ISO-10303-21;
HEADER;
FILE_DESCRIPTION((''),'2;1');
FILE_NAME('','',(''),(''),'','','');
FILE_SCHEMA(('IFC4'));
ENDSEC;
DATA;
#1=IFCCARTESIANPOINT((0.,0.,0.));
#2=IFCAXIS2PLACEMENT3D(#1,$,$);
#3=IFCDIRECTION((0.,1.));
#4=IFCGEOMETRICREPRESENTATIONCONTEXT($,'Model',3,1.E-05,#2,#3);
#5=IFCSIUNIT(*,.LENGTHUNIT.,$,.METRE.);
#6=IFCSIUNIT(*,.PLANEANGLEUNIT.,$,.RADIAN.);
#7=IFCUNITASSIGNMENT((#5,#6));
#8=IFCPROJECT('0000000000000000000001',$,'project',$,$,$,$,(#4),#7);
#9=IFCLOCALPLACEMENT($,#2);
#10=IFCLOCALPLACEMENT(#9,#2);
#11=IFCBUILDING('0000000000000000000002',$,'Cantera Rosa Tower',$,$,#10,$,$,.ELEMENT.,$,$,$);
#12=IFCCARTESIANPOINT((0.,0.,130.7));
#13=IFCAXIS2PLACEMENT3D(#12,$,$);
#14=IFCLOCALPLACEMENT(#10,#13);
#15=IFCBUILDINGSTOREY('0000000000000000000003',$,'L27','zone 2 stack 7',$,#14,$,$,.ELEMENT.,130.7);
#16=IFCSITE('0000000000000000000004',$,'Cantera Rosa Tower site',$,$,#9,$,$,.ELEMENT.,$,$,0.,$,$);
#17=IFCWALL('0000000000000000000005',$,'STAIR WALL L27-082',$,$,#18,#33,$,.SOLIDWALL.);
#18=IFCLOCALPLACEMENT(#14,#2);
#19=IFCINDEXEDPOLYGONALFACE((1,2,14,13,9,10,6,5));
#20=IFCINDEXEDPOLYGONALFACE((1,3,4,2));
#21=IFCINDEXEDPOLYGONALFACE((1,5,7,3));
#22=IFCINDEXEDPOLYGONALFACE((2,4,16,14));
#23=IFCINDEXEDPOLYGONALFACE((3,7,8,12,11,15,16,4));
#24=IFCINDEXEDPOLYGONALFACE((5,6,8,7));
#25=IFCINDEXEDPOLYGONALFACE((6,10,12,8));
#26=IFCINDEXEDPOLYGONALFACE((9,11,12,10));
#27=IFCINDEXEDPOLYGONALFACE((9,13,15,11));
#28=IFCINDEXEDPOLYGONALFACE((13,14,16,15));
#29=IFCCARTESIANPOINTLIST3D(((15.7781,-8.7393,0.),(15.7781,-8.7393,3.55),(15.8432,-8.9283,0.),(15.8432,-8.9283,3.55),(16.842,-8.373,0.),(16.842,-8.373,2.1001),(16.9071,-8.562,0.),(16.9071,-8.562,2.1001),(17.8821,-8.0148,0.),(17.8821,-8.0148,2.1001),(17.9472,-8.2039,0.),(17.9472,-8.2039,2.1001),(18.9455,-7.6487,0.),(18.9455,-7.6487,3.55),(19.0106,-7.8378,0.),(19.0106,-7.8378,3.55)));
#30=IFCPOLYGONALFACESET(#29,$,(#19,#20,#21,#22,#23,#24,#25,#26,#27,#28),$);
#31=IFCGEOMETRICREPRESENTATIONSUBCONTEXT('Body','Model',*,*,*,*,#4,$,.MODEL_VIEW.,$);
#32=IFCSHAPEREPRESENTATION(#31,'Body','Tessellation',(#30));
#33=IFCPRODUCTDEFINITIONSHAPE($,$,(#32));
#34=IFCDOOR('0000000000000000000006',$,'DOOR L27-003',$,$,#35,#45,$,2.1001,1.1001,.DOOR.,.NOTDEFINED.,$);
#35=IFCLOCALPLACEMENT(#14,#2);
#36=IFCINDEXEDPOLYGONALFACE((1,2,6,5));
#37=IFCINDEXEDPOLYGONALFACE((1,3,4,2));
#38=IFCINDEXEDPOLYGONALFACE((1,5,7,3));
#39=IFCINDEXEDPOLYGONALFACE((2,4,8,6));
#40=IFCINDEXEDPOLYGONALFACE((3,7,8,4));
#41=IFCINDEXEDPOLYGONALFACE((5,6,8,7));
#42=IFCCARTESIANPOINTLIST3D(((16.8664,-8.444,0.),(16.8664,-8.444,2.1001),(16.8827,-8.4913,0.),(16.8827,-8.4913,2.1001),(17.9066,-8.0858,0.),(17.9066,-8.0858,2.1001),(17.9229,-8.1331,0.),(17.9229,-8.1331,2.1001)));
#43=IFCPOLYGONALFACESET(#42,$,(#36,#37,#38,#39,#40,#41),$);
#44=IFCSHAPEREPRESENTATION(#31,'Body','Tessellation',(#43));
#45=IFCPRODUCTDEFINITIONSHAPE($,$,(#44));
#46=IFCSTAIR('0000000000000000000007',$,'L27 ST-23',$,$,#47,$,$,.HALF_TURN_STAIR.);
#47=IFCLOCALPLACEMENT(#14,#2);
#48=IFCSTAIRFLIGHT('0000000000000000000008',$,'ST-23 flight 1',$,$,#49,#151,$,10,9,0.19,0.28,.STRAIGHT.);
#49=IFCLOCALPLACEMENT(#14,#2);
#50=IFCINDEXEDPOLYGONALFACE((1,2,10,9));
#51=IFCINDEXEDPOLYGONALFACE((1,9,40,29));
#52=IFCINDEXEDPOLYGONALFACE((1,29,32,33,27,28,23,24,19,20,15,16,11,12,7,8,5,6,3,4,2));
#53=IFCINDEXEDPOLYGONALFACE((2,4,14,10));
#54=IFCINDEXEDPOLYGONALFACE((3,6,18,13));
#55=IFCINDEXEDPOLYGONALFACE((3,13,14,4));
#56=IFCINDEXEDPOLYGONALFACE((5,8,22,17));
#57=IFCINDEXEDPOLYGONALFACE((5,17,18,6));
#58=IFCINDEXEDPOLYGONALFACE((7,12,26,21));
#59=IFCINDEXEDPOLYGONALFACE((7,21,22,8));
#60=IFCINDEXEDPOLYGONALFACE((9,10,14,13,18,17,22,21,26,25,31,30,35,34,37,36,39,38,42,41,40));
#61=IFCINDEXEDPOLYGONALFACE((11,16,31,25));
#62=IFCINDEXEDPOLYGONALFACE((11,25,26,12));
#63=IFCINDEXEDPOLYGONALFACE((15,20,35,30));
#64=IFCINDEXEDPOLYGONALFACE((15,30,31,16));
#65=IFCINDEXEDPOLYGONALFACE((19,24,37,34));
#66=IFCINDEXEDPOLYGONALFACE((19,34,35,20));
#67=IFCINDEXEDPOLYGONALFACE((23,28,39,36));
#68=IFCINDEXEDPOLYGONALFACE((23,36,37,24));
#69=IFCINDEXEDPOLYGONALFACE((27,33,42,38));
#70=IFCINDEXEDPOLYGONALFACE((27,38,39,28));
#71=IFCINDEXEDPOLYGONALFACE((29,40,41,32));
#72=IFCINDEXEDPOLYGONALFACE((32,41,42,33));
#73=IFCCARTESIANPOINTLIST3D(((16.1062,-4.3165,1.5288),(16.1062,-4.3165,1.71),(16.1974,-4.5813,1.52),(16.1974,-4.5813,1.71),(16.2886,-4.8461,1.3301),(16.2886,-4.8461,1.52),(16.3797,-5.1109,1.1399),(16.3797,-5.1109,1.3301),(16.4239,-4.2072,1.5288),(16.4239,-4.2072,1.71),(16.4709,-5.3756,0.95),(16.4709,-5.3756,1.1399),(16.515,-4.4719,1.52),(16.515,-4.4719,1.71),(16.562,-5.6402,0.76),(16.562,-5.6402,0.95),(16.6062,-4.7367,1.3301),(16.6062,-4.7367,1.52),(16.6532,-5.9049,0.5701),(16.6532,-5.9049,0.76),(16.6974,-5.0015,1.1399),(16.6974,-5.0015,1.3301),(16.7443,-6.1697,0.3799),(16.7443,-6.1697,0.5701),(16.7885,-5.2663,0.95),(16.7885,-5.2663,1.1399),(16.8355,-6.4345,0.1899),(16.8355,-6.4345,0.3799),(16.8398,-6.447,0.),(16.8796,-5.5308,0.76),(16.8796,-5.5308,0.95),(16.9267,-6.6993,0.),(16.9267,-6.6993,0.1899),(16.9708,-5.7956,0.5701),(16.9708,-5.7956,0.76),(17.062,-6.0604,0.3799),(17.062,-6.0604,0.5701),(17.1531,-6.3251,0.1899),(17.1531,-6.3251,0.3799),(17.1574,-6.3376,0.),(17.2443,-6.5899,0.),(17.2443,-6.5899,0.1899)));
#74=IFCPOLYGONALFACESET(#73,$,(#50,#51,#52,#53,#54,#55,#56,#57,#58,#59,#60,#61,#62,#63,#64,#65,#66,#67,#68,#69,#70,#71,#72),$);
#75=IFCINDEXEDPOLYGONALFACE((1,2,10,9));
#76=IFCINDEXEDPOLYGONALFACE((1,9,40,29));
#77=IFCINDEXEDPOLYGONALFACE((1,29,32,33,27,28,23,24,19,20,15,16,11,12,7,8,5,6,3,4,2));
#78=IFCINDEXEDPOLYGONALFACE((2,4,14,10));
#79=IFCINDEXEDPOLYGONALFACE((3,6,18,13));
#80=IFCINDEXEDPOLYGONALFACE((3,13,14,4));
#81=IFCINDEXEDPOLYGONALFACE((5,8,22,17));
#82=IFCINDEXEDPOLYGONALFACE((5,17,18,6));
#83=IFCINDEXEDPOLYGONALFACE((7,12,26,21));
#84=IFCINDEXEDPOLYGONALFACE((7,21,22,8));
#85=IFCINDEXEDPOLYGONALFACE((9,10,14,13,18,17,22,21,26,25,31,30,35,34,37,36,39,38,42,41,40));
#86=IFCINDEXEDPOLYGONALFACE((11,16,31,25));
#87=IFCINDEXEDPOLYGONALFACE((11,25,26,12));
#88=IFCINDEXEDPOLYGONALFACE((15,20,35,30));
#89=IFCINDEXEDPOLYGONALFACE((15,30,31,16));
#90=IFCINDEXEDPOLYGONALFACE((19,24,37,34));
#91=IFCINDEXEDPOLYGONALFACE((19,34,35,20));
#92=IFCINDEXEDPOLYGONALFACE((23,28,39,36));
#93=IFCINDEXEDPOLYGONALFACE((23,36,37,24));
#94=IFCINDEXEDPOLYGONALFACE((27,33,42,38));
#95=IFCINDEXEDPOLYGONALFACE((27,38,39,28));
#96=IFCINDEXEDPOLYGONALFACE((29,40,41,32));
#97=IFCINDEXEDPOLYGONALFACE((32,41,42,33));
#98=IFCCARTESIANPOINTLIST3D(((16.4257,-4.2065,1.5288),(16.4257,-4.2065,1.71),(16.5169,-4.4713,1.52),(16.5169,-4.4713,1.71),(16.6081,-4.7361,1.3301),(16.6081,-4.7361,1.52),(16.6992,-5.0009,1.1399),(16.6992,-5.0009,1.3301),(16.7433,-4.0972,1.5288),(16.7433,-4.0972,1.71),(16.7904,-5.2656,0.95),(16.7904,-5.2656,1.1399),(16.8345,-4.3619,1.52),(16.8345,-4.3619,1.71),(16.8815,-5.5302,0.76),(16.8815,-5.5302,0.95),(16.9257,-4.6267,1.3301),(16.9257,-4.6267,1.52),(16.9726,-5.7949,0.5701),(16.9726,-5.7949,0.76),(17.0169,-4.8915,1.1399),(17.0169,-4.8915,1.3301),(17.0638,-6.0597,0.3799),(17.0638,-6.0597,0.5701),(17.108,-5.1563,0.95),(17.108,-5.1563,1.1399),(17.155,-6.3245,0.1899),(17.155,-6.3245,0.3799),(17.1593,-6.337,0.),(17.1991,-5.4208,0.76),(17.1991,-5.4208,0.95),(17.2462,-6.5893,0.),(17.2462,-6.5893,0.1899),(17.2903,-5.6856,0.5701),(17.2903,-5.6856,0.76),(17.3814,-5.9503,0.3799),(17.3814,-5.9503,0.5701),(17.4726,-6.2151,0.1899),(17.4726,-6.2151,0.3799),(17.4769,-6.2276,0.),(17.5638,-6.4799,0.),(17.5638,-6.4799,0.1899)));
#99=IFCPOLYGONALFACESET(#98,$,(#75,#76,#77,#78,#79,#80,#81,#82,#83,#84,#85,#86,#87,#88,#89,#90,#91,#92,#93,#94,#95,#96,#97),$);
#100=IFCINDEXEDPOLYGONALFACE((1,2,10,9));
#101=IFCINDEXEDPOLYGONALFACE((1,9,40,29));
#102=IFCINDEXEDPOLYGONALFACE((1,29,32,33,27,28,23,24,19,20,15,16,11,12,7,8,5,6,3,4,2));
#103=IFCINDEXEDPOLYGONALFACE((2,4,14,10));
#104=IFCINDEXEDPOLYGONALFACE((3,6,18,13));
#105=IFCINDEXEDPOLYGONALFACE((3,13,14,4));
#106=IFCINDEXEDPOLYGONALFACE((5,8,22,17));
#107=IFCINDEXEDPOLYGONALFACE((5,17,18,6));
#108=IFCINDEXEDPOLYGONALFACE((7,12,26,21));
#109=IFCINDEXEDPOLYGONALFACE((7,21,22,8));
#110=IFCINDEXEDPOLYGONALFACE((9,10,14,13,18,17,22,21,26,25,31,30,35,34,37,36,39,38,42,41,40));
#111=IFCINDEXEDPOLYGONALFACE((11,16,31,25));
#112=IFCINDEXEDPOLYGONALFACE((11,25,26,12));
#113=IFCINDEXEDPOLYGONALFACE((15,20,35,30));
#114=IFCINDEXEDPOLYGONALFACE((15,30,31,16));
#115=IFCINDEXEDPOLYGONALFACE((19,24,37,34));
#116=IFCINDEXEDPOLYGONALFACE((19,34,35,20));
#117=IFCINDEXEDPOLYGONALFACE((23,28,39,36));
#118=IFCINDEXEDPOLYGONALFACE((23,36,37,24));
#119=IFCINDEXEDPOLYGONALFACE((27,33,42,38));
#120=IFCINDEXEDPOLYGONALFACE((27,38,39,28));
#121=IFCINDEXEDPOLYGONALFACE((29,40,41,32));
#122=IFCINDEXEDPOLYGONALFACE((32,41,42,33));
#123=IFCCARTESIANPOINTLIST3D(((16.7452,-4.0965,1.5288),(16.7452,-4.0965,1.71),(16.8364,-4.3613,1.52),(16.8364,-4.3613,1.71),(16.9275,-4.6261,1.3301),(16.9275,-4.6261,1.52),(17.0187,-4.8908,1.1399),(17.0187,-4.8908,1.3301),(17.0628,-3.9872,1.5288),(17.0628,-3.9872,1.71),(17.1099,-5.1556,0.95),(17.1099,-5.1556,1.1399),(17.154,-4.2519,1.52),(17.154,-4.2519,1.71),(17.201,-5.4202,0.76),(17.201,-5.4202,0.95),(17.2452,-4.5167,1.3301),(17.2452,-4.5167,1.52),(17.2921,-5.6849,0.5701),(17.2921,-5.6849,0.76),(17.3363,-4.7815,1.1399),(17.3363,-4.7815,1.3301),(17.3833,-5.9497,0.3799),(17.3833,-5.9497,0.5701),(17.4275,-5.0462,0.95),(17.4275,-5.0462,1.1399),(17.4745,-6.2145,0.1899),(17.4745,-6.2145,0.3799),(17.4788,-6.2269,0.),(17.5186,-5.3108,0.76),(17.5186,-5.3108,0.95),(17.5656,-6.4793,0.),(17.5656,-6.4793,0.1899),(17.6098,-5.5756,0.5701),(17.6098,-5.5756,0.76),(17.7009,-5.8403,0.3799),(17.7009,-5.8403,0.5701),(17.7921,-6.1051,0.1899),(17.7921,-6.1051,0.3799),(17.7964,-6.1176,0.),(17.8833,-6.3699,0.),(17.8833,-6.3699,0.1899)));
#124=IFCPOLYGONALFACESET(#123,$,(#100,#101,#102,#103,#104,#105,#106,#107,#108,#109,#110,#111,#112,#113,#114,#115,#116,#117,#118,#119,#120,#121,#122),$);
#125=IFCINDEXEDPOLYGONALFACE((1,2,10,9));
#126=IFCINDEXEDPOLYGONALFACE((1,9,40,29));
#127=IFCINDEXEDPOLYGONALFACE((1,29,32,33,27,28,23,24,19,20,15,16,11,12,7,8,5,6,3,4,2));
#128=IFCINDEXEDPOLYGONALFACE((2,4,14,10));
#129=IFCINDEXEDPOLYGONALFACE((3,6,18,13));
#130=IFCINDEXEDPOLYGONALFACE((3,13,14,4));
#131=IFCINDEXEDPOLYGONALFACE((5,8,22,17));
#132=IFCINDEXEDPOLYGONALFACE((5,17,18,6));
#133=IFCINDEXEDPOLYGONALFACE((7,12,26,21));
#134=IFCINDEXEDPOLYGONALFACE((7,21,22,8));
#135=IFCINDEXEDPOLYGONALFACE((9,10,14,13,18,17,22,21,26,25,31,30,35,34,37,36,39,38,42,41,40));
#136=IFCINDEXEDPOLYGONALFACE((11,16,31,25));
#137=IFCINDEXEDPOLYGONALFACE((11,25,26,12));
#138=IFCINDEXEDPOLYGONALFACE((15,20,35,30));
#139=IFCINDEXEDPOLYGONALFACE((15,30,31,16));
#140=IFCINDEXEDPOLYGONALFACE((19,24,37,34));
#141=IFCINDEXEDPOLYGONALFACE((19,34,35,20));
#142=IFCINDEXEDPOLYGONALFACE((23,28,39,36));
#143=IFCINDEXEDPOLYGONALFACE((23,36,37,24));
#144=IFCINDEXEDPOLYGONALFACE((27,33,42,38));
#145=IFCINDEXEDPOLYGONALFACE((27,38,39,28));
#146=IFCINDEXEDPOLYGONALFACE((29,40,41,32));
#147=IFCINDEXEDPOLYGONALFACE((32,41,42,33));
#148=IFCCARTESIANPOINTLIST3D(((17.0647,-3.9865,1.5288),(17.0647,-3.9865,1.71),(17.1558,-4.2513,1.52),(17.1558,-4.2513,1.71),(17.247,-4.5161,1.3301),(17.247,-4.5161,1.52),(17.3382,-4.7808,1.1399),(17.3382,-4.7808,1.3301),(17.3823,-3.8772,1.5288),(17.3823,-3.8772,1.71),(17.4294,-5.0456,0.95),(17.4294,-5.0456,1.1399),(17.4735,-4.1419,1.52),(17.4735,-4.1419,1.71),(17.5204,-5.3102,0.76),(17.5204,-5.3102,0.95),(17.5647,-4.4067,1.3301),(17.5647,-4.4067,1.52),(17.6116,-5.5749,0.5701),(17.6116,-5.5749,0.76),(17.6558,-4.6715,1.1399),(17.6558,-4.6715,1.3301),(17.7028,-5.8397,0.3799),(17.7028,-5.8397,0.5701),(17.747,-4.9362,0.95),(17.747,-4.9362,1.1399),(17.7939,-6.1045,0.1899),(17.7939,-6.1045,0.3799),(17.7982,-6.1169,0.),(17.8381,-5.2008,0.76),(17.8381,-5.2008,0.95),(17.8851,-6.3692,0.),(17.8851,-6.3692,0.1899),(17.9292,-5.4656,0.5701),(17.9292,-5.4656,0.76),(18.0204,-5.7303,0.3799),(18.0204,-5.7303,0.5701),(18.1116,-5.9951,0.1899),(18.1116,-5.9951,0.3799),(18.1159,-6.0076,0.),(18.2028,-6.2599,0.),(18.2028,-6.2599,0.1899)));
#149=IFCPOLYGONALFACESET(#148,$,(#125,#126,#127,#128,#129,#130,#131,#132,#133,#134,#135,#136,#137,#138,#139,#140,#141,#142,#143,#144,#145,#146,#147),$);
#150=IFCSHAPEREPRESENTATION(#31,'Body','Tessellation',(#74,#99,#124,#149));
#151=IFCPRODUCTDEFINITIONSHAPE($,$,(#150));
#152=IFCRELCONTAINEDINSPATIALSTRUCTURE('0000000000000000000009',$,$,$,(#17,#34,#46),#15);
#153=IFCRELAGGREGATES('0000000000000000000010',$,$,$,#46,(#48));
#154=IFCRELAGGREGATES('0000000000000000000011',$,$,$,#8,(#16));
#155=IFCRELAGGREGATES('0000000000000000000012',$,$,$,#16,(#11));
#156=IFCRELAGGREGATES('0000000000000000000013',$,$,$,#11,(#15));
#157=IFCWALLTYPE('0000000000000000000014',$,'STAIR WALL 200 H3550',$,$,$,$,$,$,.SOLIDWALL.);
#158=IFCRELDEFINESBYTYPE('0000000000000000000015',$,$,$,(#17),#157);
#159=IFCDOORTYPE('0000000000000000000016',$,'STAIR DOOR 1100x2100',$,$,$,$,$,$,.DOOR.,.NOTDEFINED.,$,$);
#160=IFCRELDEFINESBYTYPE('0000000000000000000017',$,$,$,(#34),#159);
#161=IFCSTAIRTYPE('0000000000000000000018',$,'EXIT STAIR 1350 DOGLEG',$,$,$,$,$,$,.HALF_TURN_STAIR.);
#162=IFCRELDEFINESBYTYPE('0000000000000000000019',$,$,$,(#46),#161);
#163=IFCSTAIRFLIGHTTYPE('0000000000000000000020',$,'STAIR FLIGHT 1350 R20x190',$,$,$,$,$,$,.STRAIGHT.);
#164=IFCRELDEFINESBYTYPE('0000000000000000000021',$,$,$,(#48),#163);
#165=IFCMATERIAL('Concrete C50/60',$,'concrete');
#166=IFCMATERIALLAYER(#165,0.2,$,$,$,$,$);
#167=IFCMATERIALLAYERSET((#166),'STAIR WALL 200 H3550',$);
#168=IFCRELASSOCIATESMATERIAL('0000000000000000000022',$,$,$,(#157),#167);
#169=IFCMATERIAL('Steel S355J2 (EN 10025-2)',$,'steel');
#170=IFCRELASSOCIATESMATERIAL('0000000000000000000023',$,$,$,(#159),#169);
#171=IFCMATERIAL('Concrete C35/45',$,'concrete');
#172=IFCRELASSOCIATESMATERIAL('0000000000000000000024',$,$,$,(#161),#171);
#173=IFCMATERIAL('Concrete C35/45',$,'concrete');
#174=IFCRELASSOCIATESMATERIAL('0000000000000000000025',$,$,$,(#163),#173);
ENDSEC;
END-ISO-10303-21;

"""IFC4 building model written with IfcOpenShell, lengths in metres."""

from ifc_helpers import new_model, si_unit, direction, frame, frame_2d, origin, place, context, subcontext, project, spatial, polyline, rectangle, outline, extrude, material, layer, layer_set, type_object, element, fill, aggregate, save


model = new_model("IFC4")

# Units and contexts
model_context = context("Model", 3, precision=1e-05, world=origin(), true_north=direction((0.0, 1.0)))
body_context = subcontext(model_context, "Body", "Model", "MODEL_VIEW")
ifc_project = project(units=[si_unit("LENGTHUNIT", "METRE"), si_unit("PLANEANGLEUNIT", "RADIAN")], contexts=[model_context])

# Site, building, storey
site_placement = place(None, origin())
site = spatial("IfcSite", under=ifc_project, at=site_placement, Name="Cantera Rosa Tower site", CompositionType="ELEMENT", RefElevation=0.0)
building_placement = place(site_placement, origin())
building = spatial("IfcBuilding", under=site, at=building_placement, Name="Cantera Rosa Tower", CompositionType="ELEMENT")
storey_placement = place(building_placement, frame((0.0, 0.0, 130.7)))
storey = spatial("IfcBuildingStorey", under=building, at=storey_placement, Name="L27", Description="zone 2 stack 7", CompositionType="ELEMENT", Elevation=130.7)

# Wall, opening, door
ifc_material_1 = material(Name="Concrete C50/60", Category="concrete")
ifc_layer_1 = layer(ifc_material_1, 0.2)
ifc_layer_set_1 = layer_set([ifc_layer_1], Name="STAIR WALL 200 H3550")
wall_type_1 = type_object("IfcWallType", Name="STAIR WALL 200 H3550", PredefinedType="SOLIDWALL", material=ifc_layer_set_1)
wall_1_placement = place(storey_placement, frame((15.8108, -8.8337, 0.0), z_axis=(0.0, 0.0, 1.0), x_axis=(0.945525, 0.325548, 0.0)))
wall_1 = element("IfcWall", 1, at=wall_1_placement, inside=storey, type_object=wall_type_1, Name="STAIR WALL L27-082", PredefinedType="SOLIDWALL", context=body_context, shape_type="SweptSolid", body=[
    extrude(rectangle(XDim=3.3499, YDim=0.2, at=frame_2d((1.6748, 0.0))), origin(), (0.0, 0.0, 1.0), 3.55),
])
opening_1_placement = place(wall_1_placement, frame((1.125, 0.0, 0.0)))
opening_1 = element("IfcOpeningElement", 2, at=opening_1_placement, cuts=wall_1, PredefinedType="OPENING", context=body_context, shape_type="SweptSolid", body=[
    extrude(rectangle(XDim=1.1001, YDim=2.1001, at=frame_2d((0.55, 1.05))), frame((0.0, 0.1099, 0.0), z_axis=(0.0, -1.0, 0.0), x_axis=(1.0, 0.0, 0.0)), (0.0, 0.0, 1.0), 0.22),
])
ifc_material_2 = material(Name="Steel S355J2 (EN 10025-2)", Category="steel")
door_type_1 = type_object("IfcDoorType", Name="STAIR DOOR 1100x2100", OperationType="NOTDEFINED", PredefinedType="DOOR", material=ifc_material_2)
door_1_placement = place(opening_1_placement, origin())
door_1 = element("IfcDoor", 3, at=door_1_placement, inside=storey, type_object=door_type_1, Name="DOOR L27-003", OperationType="NOTDEFINED", OverallHeight=2.1001, OverallWidth=1.1001, PredefinedType="DOOR", context=body_context, shape_type="SweptSolid", body=[
    extrude(rectangle(XDim=1.1001, YDim=2.1001, at=frame_2d((0.55, 1.05))), frame((0.0, 0.0249, 0.0), z_axis=(0.0, -1.0, 0.0), x_axis=(1.0, 0.0, 0.0)), (0.0, 0.0, 1.0), 0.05),
])
fill(opening_1, door_1)

# Stair, stair flight
ifc_material_3 = material(Name="Concrete C35/45", Category="concrete")
stair_type = type_object("IfcStairType", Name="EXIT STAIR 1350 DOGLEG", PredefinedType="HALF_TURN_STAIR", material=ifc_material_3)
stair_placement = place(storey_placement, origin())
stair = element("IfcStair", 4, at=stair_placement, inside=storey, type_object=stair_type, Name="L27 ST-23", PredefinedType="HALF_TURN_STAIR")
ifc_material_4 = material(Name="Concrete C35/45", Category="concrete")
stair_flight_type = type_object("IfcStairFlightType", Name="STAIR FLIGHT 1350 R20x190", PredefinedType="STRAIGHT", material=ifc_material_4)
stair_flight_placement = place(storey_placement, frame((17.5649, -6.4795, 0.0), z_axis=(0.0, 0.0, 1.0), x_axis=(-0.325568, 0.945519, 0.0)))
stair_flight = element("IfcStairFlight", 5, at=stair_flight_placement, type_object=stair_flight_type, Name="ST-23 flight 1", NumberOfRisers=10, NumberOfTreads=9, PredefinedType="STRAIGHT", RiserHeight=0.19, TreadLength=0.28, context=body_context, shape_type="SweptSolid", body=[
    extrude(outline(polyline([(0.0, 0.0), (0.0, 0.1899), (0.28, 0.1899), (0.28, 0.3799), (0.5601, 0.3799), (0.5601, 0.5701), (0.8401, 0.5701), (0.8401, 0.76), (1.1201, 0.76), (1.1201, 0.95), (1.3999, 0.95), (1.3999, 1.1399), (1.6799, 1.1399), (1.6799, 1.3301), (1.96, 1.3301), (1.96, 1.52), (2.24, 1.52), (2.24, 1.71), (2.52, 1.71), (2.52, 1.8999), (2.52, 1.5288), (0.2668, 0.0), (0.0, 0.0)])), frame((0.0, 0.675, 0.0), z_axis=(0.0, -1.0, 0.0), x_axis=(1.0, 0.0, 0.0)), (0.0, 0.0, 1.0), 0.3359),
    extrude(outline(polyline([(0.0, 0.0), (0.0, 0.1899), (0.28, 0.1899), (0.28, 0.3799), (0.5601, 0.3799), (0.5601, 0.5701), (0.8401, 0.5701), (0.8401, 0.76), (1.1201, 0.76), (1.1201, 0.95), (1.3999, 0.95), (1.3999, 1.1399), (1.6799, 1.1399), (1.6799, 1.3301), (1.96, 1.3301), (1.96, 1.52), (2.24, 1.52), (2.24, 1.71), (2.52, 1.71), (2.52, 1.8999), (2.52, 1.5288), (0.2668, 0.0), (0.0, 0.0)])), frame((0.0, 0.3372, 0.0), z_axis=(0.0, -1.0, 0.0), x_axis=(1.0, 0.0, 0.0)), (0.0, 0.0, 1.0), 0.3359),
    extrude(outline(polyline([(0.0, 0.0), (0.0, 0.1899), (0.28, 0.1899), (0.28, 0.3799), (0.5601, 0.3799), (0.5601, 0.5701), (0.8401, 0.5701), (0.8401, 0.76), (1.1201, 0.76), (1.1201, 0.95), (1.3999, 0.95), (1.3999, 1.1399), (1.6799, 1.1399), (1.6799, 1.3301), (1.96, 1.3301), (1.96, 1.52), (2.24, 1.52), (2.24, 1.71), (2.52, 1.71), (2.52, 1.8999), (2.52, 1.5288), (0.2668, 0.0), (0.0, 0.0)])), frame((0.0, -0.0007, 0.0), z_axis=(0.0, -1.0, 0.0), x_axis=(1.0, 0.0, 0.0)), (0.0, 0.0, 1.0), 0.3359),
    extrude(outline(polyline([(0.0, 0.0), (0.0, 0.1899), (0.28, 0.1899), (0.28, 0.3799), (0.5601, 0.3799), (0.5601, 0.5701), (0.8401, 0.5701), (0.8401, 0.76), (1.1201, 0.76), (1.1201, 0.95), (1.3999, 0.95), (1.3999, 1.1399), (1.6799, 1.1399), (1.6799, 1.3301), (1.96, 1.3301), (1.96, 1.52), (2.24, 1.52), (2.24, 1.71), (2.52, 1.71), (2.52, 1.8999), (2.52, 1.5288), (0.2668, 0.0), (0.0, 0.0)])), frame((0.0, -0.3386, 0.0), z_axis=(0.0, -1.0, 0.0), x_axis=(1.0, 0.0, 0.0)), (0.0, 0.0, 1.0), 0.3359),
])
aggregate(stair, [stair_flight])

save(model, "model.ifc")
